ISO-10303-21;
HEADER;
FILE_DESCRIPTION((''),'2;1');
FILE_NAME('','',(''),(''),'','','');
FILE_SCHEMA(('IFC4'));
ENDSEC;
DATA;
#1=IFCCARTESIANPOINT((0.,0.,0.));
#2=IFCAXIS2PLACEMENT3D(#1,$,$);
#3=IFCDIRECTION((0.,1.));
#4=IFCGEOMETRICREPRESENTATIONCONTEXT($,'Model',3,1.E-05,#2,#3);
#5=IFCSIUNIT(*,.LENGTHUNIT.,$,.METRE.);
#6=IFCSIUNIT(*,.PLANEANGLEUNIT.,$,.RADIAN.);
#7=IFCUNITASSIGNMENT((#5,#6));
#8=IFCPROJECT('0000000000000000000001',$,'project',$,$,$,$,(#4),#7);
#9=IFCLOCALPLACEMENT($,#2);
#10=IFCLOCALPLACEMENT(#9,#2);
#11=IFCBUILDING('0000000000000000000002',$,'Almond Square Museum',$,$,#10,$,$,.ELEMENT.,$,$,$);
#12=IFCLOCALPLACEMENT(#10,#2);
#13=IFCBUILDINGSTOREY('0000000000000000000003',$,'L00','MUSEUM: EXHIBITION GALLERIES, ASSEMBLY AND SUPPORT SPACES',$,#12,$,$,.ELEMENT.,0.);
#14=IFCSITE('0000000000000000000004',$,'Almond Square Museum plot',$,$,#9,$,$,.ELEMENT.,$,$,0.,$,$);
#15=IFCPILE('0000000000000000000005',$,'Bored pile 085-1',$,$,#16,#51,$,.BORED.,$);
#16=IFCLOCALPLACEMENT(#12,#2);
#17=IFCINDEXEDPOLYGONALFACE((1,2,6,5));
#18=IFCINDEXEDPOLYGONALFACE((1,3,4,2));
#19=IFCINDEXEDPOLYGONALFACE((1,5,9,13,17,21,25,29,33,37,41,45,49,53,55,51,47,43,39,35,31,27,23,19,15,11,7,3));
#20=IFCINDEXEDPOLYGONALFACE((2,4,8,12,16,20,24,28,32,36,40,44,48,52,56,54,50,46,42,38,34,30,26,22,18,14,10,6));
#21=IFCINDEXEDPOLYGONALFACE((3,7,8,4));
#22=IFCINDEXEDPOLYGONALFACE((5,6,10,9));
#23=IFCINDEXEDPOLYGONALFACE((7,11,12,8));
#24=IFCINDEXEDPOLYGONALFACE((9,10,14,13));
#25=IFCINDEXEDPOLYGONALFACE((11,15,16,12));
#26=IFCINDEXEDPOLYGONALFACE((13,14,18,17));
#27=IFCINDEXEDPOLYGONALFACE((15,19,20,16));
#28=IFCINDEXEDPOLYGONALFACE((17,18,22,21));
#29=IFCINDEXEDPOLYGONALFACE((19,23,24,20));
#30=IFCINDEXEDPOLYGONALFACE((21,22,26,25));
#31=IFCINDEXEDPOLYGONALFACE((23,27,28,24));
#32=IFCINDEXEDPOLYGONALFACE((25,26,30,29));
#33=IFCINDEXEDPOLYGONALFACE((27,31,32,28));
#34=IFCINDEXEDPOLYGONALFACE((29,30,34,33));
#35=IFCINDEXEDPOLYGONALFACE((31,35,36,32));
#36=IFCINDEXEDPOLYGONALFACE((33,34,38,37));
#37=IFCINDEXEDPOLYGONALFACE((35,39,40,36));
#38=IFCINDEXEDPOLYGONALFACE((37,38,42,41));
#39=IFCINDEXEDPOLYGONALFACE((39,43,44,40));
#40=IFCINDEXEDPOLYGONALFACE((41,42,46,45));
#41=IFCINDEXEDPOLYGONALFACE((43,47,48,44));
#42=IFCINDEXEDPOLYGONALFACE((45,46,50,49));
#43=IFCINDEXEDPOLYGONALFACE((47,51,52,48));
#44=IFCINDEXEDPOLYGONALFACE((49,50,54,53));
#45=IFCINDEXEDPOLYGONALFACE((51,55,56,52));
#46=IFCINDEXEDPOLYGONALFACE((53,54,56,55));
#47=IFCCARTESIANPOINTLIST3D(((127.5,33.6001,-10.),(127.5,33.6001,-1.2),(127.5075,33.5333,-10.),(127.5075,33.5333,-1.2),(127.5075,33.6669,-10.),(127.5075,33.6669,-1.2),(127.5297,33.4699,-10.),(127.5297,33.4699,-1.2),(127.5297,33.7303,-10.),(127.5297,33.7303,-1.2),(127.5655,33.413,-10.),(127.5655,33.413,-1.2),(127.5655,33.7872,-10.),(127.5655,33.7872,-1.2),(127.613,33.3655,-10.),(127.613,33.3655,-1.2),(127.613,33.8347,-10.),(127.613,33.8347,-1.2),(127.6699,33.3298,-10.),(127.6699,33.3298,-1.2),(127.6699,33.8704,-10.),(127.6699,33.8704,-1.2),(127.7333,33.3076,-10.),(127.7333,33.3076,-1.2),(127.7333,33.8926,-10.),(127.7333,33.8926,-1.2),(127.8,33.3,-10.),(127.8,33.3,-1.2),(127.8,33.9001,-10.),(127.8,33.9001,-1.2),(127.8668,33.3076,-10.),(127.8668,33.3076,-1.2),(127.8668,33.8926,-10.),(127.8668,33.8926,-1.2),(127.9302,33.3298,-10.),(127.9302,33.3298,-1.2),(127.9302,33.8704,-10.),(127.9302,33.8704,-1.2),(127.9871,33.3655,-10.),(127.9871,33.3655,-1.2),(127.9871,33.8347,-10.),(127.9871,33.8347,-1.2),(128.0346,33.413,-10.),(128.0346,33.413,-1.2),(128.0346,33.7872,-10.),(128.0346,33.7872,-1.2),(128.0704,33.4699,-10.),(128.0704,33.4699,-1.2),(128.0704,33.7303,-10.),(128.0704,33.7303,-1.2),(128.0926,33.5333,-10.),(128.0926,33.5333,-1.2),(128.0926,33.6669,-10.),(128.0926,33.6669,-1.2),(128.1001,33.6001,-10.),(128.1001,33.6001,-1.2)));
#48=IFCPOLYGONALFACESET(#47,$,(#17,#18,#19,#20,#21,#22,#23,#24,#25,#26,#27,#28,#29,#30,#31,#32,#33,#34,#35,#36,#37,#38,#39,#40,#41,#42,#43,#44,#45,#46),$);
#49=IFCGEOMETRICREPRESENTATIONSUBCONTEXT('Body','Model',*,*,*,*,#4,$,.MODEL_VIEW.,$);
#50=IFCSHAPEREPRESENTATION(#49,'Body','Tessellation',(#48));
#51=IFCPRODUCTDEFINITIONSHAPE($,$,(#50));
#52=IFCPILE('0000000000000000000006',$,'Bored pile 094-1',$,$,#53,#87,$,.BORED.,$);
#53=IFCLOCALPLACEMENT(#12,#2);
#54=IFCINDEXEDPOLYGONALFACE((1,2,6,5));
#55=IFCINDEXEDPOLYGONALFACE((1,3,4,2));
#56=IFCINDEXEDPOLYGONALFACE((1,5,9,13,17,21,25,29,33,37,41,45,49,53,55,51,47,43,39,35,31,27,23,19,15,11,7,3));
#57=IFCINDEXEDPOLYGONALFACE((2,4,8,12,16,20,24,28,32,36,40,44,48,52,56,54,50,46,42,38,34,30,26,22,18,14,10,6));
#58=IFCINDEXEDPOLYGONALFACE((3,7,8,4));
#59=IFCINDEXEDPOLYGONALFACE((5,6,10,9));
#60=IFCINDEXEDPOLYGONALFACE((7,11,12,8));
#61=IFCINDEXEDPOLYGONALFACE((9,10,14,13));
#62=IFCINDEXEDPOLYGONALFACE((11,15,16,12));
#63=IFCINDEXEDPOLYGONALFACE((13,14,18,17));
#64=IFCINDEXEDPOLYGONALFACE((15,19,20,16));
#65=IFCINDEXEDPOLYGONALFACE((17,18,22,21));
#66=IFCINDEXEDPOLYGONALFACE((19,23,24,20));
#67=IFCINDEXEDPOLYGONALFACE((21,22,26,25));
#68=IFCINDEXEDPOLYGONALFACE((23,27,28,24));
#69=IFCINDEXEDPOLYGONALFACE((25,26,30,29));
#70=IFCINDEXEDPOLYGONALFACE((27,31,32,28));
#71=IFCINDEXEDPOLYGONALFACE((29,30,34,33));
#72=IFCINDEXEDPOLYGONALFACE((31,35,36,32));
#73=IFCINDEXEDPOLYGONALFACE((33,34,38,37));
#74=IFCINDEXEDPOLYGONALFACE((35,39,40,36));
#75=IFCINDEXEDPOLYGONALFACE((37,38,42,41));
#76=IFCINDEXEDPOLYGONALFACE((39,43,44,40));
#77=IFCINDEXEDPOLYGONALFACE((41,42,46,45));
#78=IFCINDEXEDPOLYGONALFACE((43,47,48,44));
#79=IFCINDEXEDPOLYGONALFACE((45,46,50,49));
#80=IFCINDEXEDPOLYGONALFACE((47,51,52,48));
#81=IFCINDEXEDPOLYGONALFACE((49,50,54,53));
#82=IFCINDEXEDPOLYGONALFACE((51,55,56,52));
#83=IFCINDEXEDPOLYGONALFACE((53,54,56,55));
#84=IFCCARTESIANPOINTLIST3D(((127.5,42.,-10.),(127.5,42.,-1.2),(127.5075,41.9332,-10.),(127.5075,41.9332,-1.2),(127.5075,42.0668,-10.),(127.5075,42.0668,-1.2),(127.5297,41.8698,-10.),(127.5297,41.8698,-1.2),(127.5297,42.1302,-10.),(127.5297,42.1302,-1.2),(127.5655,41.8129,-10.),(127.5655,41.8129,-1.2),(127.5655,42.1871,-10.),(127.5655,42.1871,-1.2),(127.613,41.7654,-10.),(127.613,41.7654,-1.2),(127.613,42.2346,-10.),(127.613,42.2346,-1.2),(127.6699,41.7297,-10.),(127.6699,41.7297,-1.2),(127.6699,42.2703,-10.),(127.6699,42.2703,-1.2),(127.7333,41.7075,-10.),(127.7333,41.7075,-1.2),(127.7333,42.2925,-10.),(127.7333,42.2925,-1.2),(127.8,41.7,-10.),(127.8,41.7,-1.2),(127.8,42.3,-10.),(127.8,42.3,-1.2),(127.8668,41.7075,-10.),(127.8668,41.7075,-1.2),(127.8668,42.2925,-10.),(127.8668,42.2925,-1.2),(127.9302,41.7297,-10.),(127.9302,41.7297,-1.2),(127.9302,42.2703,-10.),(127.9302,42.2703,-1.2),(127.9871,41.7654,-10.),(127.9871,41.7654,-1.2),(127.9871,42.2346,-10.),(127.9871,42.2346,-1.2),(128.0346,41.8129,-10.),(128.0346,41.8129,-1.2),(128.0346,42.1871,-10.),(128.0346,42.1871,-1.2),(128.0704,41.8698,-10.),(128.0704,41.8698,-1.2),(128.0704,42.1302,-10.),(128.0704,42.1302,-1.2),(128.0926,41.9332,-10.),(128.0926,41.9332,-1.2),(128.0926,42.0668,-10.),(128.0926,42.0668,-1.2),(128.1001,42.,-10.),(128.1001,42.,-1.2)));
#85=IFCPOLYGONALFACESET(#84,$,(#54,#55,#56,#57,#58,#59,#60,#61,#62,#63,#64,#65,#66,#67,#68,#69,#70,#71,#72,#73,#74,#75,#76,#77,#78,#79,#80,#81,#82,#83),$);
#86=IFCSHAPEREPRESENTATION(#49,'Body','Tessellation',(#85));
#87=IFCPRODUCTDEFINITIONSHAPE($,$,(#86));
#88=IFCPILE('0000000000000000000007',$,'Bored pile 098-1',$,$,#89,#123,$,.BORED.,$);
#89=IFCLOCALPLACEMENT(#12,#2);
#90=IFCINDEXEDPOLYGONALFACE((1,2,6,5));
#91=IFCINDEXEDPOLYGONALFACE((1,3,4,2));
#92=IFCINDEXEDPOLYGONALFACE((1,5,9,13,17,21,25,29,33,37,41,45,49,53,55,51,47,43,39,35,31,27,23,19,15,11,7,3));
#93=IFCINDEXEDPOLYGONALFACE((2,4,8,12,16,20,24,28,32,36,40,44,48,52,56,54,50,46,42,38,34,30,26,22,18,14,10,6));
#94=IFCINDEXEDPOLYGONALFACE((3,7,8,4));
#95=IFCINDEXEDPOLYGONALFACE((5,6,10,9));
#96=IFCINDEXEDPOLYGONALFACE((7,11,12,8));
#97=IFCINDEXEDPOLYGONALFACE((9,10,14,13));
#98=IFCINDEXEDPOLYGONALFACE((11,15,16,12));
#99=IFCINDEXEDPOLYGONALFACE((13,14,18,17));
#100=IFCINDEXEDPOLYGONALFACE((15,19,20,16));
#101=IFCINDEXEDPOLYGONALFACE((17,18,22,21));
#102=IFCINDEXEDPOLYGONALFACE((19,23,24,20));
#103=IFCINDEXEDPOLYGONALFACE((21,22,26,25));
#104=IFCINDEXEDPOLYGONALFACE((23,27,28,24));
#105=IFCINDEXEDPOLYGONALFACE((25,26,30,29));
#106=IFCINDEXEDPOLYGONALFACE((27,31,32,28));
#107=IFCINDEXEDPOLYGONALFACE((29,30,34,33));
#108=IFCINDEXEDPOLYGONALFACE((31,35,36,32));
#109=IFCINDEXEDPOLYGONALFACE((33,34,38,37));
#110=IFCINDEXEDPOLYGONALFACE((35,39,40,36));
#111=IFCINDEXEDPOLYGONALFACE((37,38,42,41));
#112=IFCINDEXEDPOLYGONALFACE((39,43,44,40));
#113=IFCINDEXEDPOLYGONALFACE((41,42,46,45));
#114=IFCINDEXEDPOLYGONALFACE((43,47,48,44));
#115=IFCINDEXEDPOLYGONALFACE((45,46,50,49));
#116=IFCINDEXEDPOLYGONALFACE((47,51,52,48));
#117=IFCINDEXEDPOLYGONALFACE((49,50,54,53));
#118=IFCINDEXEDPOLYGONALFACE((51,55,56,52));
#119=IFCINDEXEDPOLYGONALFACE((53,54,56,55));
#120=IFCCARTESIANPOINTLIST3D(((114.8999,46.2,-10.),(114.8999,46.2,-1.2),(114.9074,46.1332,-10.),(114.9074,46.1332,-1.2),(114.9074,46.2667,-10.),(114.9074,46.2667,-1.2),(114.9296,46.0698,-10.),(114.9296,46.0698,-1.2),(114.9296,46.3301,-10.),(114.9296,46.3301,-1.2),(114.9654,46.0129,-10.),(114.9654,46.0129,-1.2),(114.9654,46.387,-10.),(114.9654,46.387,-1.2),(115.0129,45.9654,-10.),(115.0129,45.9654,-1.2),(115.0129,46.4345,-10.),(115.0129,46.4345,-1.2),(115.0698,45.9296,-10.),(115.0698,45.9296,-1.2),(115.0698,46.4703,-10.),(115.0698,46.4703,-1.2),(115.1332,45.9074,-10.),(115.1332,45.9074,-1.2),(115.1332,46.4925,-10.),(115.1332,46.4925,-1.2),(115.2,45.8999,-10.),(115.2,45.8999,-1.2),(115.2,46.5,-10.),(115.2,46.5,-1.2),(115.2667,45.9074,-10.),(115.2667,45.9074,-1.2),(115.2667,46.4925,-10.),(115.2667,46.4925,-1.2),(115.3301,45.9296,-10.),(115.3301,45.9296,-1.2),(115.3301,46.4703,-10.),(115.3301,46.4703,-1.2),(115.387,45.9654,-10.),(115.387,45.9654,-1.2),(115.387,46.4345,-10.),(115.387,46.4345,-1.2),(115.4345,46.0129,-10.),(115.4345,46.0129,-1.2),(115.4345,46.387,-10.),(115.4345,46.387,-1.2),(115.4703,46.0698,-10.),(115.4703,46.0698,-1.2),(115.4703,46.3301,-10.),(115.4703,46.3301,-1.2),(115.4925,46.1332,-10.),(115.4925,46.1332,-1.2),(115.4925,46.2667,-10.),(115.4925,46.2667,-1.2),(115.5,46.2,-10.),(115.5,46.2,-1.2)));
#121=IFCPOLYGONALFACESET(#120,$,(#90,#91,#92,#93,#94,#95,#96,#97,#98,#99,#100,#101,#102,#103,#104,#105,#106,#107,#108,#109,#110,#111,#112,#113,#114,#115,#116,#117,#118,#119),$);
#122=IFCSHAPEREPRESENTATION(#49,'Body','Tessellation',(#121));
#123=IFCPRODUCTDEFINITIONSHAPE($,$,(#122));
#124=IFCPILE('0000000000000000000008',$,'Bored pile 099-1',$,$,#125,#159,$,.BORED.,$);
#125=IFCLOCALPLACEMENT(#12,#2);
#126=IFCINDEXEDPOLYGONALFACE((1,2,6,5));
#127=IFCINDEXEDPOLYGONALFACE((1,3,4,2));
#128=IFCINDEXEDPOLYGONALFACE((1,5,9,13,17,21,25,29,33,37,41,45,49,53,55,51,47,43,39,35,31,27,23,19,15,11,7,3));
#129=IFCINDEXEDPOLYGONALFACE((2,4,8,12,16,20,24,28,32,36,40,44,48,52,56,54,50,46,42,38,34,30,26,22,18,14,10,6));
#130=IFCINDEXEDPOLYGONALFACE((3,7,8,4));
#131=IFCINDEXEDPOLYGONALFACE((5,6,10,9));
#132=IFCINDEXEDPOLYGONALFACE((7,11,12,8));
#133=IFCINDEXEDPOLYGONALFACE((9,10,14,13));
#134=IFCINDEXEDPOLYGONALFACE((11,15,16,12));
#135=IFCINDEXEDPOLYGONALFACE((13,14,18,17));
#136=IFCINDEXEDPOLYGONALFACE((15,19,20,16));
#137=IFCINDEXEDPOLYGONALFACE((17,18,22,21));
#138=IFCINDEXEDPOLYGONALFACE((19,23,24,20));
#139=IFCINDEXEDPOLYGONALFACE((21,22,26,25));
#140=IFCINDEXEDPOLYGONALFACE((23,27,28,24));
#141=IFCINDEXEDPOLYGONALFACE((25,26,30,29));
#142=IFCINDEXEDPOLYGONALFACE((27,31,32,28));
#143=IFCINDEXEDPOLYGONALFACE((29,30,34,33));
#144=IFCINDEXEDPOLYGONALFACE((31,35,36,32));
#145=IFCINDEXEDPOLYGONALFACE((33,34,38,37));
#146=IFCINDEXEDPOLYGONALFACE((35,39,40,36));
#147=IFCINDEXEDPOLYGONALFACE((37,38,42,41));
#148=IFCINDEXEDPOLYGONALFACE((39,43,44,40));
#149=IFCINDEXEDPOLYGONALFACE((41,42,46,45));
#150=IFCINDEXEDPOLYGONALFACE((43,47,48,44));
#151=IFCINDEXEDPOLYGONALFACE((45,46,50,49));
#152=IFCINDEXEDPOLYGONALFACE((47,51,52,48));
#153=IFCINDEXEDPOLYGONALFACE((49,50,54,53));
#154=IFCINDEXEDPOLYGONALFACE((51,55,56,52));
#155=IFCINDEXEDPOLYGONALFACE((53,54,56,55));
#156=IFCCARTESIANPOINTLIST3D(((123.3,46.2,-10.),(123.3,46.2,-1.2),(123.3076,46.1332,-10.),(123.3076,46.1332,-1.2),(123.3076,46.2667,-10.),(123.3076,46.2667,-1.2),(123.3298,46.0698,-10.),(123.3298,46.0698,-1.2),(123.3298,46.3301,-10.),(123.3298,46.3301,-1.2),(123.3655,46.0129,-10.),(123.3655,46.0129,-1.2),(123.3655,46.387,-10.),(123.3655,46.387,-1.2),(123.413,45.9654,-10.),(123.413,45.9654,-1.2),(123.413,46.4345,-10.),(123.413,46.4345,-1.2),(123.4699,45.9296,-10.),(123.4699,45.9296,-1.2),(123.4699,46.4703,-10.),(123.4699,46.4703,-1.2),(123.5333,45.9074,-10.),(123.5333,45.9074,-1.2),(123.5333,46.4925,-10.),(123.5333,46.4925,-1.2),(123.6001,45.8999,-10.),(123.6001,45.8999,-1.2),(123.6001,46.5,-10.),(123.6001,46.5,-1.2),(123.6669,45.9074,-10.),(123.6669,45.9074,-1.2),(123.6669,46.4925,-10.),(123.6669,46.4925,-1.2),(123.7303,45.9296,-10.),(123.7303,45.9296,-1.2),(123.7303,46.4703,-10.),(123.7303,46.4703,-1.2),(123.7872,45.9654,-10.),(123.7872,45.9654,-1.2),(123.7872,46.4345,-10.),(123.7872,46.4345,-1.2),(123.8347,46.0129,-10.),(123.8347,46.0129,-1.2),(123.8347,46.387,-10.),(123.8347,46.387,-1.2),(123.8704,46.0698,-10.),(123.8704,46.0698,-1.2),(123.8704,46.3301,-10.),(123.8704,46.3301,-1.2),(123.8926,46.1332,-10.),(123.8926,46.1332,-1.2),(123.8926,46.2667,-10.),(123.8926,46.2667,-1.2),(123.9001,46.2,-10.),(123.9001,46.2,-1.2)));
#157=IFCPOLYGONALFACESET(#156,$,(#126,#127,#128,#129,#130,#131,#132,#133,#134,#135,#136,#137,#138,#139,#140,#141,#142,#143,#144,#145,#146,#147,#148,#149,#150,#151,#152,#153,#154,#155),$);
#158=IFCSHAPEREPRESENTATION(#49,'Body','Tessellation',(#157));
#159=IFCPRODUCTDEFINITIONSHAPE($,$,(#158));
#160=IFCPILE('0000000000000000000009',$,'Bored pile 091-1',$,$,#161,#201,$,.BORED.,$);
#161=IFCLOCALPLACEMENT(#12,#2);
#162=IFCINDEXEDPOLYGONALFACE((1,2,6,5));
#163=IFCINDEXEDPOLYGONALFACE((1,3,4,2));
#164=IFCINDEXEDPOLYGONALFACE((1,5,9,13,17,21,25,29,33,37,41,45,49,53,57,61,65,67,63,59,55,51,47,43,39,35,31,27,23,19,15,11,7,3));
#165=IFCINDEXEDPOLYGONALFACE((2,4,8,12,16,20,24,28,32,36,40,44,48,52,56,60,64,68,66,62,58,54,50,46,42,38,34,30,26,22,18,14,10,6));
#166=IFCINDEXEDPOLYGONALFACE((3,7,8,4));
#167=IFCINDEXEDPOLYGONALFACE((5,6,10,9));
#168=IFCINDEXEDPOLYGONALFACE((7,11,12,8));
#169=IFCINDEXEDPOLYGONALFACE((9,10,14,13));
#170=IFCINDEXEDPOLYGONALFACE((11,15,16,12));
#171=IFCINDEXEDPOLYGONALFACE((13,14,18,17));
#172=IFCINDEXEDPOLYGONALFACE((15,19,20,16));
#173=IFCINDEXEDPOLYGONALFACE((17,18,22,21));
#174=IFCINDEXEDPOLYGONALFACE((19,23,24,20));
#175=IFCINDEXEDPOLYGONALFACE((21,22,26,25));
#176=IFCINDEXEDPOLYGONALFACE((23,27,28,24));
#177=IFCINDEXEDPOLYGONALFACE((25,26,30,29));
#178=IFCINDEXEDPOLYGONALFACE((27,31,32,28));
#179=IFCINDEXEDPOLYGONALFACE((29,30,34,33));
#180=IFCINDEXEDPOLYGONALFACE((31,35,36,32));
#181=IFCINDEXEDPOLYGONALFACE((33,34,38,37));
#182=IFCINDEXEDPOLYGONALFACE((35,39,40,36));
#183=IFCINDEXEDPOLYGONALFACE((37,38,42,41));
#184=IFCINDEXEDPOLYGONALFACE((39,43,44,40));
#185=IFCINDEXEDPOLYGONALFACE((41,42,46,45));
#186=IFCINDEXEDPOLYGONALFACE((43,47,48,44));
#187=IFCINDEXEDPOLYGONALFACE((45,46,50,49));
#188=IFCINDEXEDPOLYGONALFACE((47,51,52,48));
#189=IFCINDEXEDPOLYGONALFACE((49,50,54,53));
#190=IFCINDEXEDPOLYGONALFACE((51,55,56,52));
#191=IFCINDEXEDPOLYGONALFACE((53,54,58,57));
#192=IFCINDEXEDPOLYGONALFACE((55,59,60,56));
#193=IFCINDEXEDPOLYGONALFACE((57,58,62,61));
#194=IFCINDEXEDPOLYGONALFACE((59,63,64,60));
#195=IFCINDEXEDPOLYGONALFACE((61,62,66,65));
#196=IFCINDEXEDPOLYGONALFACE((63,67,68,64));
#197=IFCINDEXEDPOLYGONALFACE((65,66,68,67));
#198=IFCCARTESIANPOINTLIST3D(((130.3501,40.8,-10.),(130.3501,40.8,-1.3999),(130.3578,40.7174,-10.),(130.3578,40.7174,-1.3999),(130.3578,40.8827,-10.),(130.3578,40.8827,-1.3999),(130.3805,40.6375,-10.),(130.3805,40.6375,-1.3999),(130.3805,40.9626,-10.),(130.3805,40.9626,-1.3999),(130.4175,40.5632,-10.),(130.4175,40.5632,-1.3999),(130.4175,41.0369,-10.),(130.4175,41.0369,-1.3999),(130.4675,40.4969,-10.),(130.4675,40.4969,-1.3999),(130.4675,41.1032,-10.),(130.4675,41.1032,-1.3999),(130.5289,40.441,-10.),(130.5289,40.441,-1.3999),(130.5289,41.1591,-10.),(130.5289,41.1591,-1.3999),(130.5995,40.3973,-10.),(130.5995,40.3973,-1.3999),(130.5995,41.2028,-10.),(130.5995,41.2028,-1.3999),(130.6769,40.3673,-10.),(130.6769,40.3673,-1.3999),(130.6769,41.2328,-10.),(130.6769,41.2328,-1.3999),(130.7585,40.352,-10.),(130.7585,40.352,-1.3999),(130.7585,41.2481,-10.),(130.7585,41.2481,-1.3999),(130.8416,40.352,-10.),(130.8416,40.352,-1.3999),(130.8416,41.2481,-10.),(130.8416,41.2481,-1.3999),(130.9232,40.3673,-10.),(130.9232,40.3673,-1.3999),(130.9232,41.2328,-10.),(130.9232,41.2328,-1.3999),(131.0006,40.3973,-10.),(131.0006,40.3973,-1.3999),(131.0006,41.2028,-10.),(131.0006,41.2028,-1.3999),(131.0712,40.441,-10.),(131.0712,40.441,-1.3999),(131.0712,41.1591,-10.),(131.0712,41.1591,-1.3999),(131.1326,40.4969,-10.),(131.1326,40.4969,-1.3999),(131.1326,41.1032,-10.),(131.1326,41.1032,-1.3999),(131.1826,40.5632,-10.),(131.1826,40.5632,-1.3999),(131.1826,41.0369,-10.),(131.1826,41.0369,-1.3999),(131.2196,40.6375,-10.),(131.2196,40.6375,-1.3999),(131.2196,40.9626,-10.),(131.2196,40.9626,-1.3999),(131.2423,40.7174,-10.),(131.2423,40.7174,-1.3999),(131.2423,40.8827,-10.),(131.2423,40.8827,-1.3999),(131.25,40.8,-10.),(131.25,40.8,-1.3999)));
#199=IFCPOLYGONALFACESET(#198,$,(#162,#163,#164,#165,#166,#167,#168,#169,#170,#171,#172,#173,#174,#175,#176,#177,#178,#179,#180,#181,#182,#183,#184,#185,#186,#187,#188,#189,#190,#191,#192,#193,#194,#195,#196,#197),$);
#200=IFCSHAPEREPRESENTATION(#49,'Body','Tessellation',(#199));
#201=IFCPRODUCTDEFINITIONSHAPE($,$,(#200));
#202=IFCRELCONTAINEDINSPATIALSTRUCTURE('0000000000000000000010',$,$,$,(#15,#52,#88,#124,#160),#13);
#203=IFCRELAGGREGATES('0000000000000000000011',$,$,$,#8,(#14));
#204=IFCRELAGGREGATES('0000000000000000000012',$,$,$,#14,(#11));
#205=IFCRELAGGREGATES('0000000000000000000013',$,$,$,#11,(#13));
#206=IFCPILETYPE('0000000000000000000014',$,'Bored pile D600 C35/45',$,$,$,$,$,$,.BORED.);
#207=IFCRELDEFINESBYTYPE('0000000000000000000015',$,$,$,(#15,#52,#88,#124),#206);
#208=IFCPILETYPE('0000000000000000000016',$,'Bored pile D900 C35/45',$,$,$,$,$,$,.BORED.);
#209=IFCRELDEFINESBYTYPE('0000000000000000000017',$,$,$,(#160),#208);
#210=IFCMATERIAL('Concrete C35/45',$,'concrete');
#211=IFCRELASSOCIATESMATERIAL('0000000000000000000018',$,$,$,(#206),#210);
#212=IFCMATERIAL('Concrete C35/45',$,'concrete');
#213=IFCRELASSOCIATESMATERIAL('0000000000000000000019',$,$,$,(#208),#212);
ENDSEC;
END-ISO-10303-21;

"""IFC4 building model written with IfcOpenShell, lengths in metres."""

from ifc_helpers import new_model, si_unit, direction, frame, origin, origin_2d, place, context, subcontext, project, spatial, circle, extrude, material, material_profile, profile_set, type_object, element, save


model = new_model("IFC4")

# Units and contexts
model_context = context("Model", 3, precision=1e-05, world=origin(), true_north=direction((0.0, 1.0)))
body_context = subcontext(model_context, "Body", "Model", "MODEL_VIEW")
ifc_project = project(units=[si_unit("LENGTHUNIT", "METRE"), si_unit("PLANEANGLEUNIT", "RADIAN")], contexts=[model_context])

# Site, building, storey
site_placement = place(None, origin())
site = spatial("IfcSite", under=ifc_project, at=site_placement, Name="Almond Square Museum plot", CompositionType="ELEMENT", RefElevation=0.0)
building_placement = place(site_placement, origin())
building = spatial("IfcBuilding", under=site, at=building_placement, Name="Almond Square Museum", CompositionType="ELEMENT")
storey_placement = place(building_placement, origin())
storey = spatial("IfcBuildingStorey", under=building, at=storey_placement, Name="L00", Description="MUSEUM: EXHIBITION GALLERIES, ASSEMBLY AND SUPPORT SPACES", CompositionType="ELEMENT", Elevation=0.0)

# Piles
ifc_material_1 = material(Name="Concrete C35/45", Category="concrete")
ifc_material_profile_1 = material_profile(ifc_material_1, circle(Radius=0.3, at=origin_2d()))
ifc_profile_set_1 = profile_set([ifc_material_profile_1], Name="Concrete C35/45")
pile_type_1 = type_object("IfcPileType", Name="Bored pile D600 C35/45", PredefinedType="BORED", material=ifc_profile_set_1)
for number, where, z_axis, x_axis, name in (
    (1, (127.8, 33.6001, -1.2), (0.0, 0.0, -1.0), (1.0, 0.0, 0.0), "Bored pile 085-1"),
    (2, (127.8, 42.0, -1.2), (0.0, 0.0, -1.0), (1.0, 0.0, 0.0), "Bored pile 094-1"),
    (3, (115.2, 46.2, -1.2), (0.0, 0.0, -1.0), (1.0, 0.0, 0.0), "Bored pile 098-1"),
    (4, (123.6001, 46.2, -1.2), (0.0, 0.0, -1.0), (1.0, 0.0, 0.0), "Bored pile 099-1"),
):
    element("IfcPile", number, at=place(storey_placement, frame(where, z_axis=z_axis, x_axis=x_axis)), inside=storey, type_object=pile_type_1, Name=name, PredefinedType="BORED", context=body_context, shape_type="SweptSolid", body=[
        extrude(circle(Radius=0.3, at=origin_2d()), origin(), (0.0, 0.0, 1.0), 8.8),
    ])
ifc_material_2 = material(Name="Concrete C35/45", Category="concrete")
ifc_material_profile_2 = material_profile(ifc_material_2, circle(Radius=0.45, at=origin_2d()))
ifc_profile_set_2 = profile_set([ifc_material_profile_2], Name="Concrete C35/45")
pile_type_2 = type_object("IfcPileType", Name="Bored pile D900 C35/45", PredefinedType="BORED", material=ifc_profile_set_2)
for number, where, z_axis, x_axis, name in (
    (5, (130.8, 40.8, -1.3999), (0.0, 0.0, -1.0), (1.0, 0.0, 0.0), "Bored pile 091-1"),
):
    element("IfcPile", number, at=place(storey_placement, frame(where, z_axis=z_axis, x_axis=x_axis)), inside=storey, type_object=pile_type_2, Name=name, PredefinedType="BORED", context=body_context, shape_type="SweptSolid", body=[
        extrude(circle(Radius=0.45, at=origin_2d()), origin(), (0.0, 0.0, 1.0), 8.6001),
    ])

save(model, "model.ifc")
